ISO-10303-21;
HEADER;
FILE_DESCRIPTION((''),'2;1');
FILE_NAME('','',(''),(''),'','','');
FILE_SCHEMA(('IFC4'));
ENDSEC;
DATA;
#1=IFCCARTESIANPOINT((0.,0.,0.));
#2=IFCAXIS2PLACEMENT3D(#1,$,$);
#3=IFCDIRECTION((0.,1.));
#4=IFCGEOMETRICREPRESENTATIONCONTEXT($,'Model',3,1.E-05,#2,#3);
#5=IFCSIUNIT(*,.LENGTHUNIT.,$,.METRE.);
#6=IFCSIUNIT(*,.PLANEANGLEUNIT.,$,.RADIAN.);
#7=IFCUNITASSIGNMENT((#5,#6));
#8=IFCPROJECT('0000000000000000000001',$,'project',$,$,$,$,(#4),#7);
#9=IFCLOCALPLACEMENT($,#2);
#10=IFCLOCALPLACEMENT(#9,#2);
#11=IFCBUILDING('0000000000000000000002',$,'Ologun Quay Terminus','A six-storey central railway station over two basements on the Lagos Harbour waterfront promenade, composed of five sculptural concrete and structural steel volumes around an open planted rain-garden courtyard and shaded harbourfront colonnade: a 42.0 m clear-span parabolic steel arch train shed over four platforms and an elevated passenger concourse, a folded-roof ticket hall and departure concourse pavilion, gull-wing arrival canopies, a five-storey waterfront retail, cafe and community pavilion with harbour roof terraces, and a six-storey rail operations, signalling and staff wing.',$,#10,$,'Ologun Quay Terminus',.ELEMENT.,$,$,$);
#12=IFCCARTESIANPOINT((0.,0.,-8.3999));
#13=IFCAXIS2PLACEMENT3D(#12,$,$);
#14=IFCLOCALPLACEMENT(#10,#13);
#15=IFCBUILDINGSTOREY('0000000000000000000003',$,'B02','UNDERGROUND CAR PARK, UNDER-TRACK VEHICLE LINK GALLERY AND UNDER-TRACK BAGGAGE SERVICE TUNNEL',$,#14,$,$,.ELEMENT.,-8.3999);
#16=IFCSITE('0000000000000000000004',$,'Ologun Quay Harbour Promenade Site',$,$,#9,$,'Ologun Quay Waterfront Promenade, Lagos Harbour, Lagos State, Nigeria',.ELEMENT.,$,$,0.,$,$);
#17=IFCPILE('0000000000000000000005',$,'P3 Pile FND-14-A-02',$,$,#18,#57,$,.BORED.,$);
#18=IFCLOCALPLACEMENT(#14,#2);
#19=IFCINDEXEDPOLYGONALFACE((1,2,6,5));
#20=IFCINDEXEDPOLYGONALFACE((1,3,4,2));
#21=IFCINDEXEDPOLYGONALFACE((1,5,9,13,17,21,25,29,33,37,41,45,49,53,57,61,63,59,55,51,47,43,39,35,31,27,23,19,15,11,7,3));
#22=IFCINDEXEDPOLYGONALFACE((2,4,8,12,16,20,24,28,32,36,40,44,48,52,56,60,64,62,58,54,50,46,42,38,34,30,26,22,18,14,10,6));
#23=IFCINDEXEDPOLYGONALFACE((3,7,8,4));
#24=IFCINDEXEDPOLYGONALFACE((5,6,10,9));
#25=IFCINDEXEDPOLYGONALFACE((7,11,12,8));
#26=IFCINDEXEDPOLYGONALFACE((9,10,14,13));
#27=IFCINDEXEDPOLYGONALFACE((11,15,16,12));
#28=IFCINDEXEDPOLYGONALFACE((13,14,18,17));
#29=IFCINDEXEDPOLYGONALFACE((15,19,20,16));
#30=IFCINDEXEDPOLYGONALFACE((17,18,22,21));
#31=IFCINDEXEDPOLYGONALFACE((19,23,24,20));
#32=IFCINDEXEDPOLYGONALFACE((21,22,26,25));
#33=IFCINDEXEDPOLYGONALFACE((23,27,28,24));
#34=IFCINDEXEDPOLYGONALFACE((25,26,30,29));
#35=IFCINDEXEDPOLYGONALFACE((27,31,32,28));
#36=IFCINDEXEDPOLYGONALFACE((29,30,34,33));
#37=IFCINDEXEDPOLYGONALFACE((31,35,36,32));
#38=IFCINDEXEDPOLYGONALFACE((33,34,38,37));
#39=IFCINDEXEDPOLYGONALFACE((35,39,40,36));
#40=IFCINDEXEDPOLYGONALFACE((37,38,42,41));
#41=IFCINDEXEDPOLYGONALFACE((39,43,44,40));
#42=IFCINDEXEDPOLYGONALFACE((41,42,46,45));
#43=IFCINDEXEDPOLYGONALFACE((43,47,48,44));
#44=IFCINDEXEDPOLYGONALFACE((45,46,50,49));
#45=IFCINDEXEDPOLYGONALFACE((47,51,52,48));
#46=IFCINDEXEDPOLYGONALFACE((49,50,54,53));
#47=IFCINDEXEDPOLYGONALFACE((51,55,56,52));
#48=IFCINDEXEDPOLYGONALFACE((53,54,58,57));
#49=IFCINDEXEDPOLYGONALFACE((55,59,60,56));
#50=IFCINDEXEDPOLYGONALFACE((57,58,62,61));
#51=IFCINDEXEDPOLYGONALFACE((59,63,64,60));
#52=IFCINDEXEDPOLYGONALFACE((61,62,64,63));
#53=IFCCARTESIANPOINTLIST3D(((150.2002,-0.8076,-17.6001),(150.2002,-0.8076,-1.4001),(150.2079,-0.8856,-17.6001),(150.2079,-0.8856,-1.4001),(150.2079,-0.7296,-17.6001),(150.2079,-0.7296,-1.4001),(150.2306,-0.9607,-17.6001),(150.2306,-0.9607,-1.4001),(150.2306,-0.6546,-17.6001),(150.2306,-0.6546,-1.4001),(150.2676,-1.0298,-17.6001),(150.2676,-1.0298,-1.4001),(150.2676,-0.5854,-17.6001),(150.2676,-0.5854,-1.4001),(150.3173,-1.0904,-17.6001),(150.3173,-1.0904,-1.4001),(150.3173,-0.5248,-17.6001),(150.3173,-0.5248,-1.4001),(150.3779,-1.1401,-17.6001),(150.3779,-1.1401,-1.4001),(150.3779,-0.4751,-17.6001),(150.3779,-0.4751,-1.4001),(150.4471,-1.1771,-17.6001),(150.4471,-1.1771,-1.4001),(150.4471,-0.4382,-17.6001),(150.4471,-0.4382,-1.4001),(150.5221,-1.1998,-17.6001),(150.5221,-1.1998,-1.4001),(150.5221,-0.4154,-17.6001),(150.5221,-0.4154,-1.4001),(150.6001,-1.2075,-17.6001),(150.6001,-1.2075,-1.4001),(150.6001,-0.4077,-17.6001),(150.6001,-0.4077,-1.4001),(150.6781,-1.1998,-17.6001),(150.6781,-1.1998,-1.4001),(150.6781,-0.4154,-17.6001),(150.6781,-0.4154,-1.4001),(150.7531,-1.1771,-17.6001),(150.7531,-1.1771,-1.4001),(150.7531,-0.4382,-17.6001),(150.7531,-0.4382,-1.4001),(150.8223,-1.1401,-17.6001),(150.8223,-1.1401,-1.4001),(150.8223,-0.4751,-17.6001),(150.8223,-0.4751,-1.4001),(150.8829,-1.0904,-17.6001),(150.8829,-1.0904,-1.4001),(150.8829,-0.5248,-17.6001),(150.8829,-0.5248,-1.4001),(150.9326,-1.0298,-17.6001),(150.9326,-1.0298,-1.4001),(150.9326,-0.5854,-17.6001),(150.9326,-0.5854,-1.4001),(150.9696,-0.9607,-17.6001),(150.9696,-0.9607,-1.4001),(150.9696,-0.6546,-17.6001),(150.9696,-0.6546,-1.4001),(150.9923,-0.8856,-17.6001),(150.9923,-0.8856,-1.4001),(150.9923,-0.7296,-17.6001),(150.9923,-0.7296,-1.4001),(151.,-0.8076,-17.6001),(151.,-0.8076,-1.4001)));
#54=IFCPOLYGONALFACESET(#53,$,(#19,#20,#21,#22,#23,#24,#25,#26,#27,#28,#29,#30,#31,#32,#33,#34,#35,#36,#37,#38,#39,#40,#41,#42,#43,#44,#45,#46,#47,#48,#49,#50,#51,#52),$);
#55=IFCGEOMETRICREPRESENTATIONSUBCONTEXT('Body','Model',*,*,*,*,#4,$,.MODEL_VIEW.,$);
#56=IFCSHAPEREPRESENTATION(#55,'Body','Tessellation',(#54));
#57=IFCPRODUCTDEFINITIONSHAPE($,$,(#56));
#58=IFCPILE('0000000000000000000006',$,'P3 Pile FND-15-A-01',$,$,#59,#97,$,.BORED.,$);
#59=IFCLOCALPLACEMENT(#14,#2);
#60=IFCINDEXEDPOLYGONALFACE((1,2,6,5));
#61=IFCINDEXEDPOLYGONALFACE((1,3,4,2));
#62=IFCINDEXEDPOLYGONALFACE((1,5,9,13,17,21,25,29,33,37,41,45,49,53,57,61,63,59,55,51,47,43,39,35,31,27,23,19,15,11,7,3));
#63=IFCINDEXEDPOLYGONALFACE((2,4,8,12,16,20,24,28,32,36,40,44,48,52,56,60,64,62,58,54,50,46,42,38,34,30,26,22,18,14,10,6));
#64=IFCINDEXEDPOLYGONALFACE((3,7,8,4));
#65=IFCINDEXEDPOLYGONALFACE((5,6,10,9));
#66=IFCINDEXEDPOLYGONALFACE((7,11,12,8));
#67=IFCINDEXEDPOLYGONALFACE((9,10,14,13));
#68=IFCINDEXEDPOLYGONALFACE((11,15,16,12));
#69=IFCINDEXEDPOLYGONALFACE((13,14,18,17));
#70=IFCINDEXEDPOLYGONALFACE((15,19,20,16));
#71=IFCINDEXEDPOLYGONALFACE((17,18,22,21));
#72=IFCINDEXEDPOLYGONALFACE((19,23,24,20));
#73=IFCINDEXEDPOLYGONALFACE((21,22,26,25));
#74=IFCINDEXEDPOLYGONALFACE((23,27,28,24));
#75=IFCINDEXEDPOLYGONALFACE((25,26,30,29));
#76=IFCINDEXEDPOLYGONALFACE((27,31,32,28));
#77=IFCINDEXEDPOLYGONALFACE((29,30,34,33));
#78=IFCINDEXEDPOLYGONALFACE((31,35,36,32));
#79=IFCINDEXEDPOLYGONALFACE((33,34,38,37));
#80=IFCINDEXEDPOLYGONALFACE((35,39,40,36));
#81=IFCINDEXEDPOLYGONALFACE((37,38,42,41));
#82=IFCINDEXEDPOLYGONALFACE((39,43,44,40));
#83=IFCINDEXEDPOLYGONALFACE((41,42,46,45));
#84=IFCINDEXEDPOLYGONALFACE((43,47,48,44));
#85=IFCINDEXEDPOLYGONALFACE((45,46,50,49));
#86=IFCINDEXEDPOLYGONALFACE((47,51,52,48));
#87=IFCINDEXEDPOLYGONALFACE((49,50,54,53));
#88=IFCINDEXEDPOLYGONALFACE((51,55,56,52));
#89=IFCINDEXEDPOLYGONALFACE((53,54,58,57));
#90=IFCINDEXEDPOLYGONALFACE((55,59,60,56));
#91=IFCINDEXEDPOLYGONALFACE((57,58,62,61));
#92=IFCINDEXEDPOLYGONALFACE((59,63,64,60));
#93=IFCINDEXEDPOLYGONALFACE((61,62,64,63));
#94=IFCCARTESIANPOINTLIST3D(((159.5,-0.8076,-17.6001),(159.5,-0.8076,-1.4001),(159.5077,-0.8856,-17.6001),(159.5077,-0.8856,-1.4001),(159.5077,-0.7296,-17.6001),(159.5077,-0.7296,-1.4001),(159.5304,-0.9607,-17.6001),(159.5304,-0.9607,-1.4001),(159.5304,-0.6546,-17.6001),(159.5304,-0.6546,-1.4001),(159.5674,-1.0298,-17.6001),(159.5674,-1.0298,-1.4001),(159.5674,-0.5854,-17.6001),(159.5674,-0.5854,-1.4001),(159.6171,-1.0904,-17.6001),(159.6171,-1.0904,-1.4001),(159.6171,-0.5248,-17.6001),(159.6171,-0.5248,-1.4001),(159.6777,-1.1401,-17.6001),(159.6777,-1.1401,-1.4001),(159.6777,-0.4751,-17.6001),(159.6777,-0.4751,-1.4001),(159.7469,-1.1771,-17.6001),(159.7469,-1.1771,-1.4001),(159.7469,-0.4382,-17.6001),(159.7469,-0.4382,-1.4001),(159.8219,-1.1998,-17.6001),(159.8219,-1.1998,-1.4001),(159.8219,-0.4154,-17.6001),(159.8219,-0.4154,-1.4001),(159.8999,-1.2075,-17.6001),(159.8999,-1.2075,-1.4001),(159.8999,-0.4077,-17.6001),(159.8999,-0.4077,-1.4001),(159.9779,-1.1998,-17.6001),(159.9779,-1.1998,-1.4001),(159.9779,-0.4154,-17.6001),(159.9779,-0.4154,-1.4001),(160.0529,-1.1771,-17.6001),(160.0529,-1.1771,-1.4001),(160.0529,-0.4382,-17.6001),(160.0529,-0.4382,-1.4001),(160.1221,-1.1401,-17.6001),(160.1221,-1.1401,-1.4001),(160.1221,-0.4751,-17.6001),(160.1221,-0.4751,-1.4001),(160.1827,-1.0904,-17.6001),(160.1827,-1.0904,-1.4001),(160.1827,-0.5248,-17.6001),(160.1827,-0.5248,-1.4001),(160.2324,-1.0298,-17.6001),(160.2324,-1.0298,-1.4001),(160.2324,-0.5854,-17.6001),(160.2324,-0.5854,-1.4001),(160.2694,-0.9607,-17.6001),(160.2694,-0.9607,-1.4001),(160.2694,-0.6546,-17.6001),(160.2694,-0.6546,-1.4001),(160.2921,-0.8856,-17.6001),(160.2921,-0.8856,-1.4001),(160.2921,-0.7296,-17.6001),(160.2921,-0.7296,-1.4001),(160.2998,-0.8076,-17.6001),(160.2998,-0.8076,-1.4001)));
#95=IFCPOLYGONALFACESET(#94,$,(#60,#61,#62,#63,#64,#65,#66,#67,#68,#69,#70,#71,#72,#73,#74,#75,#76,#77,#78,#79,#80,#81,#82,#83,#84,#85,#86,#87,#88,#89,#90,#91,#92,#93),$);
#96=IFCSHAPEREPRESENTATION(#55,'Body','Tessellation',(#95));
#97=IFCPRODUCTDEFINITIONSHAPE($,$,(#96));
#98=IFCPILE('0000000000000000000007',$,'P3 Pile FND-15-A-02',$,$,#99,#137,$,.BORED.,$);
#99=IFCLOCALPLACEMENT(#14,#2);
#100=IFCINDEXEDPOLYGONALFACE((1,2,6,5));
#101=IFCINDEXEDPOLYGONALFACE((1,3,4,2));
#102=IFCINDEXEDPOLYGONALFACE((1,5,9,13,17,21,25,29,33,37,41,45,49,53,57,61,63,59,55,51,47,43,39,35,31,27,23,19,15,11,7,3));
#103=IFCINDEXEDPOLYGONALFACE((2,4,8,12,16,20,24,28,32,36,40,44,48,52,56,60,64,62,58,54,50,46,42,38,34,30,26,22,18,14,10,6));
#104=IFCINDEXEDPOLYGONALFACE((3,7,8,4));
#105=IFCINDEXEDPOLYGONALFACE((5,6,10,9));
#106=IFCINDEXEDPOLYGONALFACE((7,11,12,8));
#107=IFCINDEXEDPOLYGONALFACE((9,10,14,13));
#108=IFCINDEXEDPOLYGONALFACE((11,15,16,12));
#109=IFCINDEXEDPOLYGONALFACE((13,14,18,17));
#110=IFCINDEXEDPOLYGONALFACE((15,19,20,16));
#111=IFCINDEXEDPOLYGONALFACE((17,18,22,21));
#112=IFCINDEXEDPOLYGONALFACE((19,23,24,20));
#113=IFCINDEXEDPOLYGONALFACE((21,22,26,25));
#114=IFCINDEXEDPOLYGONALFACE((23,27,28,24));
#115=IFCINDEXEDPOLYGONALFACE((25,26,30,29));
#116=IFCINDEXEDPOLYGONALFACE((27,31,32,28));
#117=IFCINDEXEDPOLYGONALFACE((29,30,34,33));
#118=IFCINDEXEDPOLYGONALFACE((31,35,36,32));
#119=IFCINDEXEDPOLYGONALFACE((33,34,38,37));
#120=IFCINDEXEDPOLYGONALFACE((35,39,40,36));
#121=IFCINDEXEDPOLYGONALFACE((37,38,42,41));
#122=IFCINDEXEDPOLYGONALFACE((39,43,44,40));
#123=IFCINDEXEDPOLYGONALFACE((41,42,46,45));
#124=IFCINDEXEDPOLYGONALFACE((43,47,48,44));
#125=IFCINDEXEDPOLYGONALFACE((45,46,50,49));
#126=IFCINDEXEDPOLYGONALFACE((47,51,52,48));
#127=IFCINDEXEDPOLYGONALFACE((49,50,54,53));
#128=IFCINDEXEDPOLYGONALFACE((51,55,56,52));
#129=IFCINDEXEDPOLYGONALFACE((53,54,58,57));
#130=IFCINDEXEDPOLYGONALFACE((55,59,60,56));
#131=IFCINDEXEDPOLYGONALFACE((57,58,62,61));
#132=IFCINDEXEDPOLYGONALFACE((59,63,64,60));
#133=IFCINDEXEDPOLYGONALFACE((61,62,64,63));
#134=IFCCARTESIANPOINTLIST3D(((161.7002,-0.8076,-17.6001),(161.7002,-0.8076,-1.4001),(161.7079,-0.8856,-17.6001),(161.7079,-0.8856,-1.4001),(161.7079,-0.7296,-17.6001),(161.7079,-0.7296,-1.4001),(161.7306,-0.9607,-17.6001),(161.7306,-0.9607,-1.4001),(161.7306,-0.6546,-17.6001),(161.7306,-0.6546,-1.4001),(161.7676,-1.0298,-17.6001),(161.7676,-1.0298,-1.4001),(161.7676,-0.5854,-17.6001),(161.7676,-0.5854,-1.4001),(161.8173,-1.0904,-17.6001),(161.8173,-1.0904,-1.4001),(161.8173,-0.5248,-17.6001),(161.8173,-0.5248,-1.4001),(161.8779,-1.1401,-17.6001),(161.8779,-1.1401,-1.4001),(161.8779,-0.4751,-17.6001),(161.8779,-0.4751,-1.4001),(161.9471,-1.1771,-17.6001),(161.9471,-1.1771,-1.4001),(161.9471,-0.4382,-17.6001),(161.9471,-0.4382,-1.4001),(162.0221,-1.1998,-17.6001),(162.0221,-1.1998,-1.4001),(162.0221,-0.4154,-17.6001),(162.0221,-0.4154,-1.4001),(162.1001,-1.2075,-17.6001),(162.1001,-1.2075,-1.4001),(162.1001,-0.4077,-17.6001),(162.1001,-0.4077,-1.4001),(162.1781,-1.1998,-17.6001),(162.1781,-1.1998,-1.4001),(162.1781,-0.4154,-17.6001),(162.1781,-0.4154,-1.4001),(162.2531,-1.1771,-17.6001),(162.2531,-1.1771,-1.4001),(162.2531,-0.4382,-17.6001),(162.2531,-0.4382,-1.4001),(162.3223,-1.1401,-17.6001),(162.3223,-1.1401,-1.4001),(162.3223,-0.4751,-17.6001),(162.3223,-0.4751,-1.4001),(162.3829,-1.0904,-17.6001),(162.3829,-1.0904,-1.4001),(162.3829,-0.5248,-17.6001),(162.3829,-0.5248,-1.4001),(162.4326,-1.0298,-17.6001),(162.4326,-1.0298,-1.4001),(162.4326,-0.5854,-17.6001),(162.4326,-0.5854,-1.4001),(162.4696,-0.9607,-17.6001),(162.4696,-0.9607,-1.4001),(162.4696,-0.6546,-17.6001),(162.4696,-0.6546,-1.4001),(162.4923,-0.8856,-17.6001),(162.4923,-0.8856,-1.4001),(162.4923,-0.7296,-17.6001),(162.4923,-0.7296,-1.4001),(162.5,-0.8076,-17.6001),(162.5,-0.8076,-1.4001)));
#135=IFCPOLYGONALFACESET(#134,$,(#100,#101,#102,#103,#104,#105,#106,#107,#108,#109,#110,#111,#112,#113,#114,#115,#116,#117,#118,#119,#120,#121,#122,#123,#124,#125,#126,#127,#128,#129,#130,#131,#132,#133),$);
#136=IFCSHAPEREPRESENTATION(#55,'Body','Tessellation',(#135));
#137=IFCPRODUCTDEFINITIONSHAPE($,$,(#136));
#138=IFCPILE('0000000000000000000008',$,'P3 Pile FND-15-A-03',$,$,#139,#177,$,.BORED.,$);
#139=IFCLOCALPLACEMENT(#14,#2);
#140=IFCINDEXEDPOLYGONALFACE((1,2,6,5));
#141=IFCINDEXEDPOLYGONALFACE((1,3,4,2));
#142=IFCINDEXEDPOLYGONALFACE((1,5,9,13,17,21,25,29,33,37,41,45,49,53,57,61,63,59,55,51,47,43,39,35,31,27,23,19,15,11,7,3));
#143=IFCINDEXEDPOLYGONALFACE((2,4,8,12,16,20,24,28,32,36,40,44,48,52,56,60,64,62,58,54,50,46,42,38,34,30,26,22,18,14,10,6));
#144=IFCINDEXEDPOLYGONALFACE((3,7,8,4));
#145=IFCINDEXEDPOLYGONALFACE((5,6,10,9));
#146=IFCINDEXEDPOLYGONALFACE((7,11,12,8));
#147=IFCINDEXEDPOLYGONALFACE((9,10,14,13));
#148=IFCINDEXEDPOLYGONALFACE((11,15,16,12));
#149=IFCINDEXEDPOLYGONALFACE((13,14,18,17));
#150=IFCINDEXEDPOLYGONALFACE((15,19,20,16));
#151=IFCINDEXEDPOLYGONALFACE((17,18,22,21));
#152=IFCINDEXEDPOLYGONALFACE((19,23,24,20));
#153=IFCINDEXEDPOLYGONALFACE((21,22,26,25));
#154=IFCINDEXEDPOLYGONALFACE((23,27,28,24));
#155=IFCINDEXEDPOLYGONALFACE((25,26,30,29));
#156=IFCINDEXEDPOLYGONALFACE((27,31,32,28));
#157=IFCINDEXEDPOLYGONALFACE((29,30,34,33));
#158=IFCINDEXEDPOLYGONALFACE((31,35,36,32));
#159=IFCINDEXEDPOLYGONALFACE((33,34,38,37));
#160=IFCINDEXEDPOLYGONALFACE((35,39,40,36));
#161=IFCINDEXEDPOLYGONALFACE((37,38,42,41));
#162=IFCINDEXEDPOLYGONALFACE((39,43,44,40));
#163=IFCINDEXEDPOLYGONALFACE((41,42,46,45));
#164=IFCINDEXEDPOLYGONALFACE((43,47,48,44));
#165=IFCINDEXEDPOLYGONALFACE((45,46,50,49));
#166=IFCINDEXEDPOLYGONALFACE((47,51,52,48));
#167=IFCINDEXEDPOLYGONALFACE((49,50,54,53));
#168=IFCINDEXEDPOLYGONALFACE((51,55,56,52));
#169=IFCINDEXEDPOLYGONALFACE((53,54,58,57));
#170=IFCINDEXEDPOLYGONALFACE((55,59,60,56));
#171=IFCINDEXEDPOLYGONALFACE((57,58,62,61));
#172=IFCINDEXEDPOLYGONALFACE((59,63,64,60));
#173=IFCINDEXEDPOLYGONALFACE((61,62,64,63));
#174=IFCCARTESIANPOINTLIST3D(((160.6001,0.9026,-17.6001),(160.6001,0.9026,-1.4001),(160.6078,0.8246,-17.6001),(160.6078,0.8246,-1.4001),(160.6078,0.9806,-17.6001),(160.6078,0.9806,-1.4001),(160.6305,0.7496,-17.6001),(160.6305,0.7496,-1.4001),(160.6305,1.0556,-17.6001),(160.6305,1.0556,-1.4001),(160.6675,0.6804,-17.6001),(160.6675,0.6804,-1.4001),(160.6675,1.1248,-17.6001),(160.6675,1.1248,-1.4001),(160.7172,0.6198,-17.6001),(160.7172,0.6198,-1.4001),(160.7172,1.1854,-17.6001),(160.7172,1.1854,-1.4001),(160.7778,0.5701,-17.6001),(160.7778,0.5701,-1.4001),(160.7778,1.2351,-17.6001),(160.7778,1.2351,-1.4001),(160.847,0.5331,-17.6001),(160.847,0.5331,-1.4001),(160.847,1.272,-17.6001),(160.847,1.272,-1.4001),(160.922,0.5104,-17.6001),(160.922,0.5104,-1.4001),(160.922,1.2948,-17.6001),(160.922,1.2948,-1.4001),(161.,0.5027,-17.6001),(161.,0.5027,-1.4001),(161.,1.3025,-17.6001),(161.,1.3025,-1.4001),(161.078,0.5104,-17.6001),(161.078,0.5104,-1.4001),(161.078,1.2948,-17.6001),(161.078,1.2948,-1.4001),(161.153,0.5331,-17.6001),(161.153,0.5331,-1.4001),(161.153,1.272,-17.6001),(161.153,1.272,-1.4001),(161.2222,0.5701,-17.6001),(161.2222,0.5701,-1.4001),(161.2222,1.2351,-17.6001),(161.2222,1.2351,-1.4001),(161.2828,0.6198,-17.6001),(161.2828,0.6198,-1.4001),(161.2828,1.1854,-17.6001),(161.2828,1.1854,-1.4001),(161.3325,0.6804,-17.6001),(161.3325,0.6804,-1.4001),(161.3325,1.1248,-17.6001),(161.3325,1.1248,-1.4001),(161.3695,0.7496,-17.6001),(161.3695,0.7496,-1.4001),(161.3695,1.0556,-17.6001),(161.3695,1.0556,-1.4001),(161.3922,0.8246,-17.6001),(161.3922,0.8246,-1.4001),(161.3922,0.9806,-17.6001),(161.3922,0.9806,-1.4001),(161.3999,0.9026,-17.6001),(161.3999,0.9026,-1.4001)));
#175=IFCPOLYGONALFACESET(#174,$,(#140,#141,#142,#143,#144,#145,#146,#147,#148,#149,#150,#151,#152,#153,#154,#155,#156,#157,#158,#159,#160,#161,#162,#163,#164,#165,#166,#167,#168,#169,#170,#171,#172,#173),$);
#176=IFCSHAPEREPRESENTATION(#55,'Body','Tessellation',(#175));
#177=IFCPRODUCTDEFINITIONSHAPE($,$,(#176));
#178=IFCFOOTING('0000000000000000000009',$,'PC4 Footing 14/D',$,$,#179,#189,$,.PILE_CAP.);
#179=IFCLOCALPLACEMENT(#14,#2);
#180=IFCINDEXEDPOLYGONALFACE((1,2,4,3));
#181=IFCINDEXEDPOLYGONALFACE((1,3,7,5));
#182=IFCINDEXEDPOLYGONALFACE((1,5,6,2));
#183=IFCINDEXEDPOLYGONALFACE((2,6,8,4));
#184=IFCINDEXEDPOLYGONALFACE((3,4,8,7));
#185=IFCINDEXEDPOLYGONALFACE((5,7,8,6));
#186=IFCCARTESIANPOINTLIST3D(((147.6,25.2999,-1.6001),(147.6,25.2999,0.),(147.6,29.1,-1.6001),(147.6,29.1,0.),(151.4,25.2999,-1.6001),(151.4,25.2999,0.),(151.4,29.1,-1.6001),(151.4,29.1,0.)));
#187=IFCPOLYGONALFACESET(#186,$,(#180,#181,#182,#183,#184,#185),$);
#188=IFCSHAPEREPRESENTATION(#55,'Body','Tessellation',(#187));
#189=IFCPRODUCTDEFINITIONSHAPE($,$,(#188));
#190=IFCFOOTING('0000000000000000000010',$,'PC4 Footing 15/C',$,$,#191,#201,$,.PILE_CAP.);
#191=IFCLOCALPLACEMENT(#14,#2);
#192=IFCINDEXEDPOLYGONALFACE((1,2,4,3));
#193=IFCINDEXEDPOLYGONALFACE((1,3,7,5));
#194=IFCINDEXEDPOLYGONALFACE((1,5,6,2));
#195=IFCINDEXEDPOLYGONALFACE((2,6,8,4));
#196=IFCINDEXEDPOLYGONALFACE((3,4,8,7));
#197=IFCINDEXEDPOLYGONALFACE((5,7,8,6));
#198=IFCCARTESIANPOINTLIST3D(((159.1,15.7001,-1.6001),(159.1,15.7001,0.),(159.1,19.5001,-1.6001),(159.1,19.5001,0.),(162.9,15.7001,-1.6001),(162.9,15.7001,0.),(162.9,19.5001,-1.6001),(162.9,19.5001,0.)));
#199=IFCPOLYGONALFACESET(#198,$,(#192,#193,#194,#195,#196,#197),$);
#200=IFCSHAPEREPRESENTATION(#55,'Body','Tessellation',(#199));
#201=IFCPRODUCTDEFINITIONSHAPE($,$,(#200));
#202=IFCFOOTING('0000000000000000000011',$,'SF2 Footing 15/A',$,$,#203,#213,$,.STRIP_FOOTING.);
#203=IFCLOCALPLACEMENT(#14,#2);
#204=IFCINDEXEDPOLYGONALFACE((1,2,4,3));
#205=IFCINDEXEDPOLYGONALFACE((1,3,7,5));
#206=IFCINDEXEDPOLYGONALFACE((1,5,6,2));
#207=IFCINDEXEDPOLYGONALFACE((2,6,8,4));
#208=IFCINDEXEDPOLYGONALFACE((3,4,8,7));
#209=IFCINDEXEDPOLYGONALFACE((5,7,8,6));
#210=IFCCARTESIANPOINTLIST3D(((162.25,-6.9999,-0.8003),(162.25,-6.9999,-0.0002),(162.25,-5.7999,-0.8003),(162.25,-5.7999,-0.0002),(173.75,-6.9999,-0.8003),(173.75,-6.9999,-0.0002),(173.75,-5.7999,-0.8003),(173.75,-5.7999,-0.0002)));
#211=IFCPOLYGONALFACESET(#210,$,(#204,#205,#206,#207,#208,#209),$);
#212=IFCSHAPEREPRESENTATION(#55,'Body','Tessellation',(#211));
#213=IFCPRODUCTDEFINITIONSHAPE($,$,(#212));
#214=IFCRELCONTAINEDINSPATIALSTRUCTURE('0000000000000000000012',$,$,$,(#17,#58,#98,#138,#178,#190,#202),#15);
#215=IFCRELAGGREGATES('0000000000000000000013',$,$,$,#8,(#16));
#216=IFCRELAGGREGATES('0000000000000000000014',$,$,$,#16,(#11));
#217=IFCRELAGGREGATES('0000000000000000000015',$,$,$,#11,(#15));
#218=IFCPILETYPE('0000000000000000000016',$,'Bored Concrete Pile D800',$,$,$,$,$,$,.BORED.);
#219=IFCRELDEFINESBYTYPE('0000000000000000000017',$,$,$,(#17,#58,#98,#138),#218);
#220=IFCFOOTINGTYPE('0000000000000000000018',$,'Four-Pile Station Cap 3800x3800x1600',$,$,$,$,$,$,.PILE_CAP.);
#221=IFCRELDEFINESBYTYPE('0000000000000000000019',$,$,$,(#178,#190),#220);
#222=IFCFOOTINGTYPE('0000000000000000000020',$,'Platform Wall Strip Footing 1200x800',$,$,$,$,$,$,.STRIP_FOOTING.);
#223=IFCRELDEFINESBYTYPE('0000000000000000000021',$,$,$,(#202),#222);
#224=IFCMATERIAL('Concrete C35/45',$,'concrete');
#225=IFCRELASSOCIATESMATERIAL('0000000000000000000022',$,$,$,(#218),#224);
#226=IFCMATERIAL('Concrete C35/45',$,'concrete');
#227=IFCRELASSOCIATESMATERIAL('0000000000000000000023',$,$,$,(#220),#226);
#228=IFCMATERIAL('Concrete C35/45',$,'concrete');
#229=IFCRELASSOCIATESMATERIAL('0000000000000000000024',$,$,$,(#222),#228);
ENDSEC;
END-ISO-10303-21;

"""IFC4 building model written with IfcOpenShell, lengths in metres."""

from ifc_helpers import new_model, si_unit, direction, frame, origin, origin_2d, place, context, subcontext, project, spatial, rectangle, circle, extrude, material, material_profile, profile_set, type_object, element, save


model = new_model("IFC4")

# Units and contexts
model_context = context("Model", 3, precision=1e-05, world=origin(), true_north=direction((0.0, 1.0)))
body_context = subcontext(model_context, "Body", "Model", "MODEL_VIEW")
ifc_project = project(units=[si_unit("LENGTHUNIT", "METRE"), si_unit("PLANEANGLEUNIT", "RADIAN")], contexts=[model_context])

# Site, building, storey
site_placement = place(None, origin())
site = spatial("IfcSite", under=ifc_project, at=site_placement, Name="Ologun Quay Harbour Promenade Site", LongName="Ologun Quay Waterfront Promenade, Lagos Harbour, Lagos State, Nigeria", CompositionType="ELEMENT", RefElevation=0.0)
building_placement = place(site_placement, origin())
building = spatial("IfcBuilding", under=site, at=building_placement, Name="Ologun Quay Terminus", Description="A six-storey central railway station over two basements on the Lagos Harbour waterfront promenade, composed of five sculptural concrete and structural steel volumes around an open planted rain-garden courtyard and shaded harbourfront colonnade: a 42.0 m clear-span parabolic steel arch train shed over four platforms and an elevated passenger concourse, a folded-roof ticket hall and departure concourse pavilion, gull-wing arrival canopies, a five-storey waterfront retail, cafe and community pavilion with harbour roof terraces, and a six-storey rail operations, signalling and staff wing.", LongName="Ologun Quay Terminus", CompositionType="ELEMENT")
storey_placement = place(building_placement, frame((0.0, 0.0, -8.3999)))
storey = spatial("IfcBuildingStorey", under=building, at=storey_placement, Name="B02", Description="UNDERGROUND CAR PARK, UNDER-TRACK VEHICLE LINK GALLERY AND UNDER-TRACK BAGGAGE SERVICE TUNNEL", CompositionType="ELEMENT", Elevation=-8.3999)

# Piles
ifc_material_1 = material(Name="Concrete C35/45", Category="concrete")
ifc_material_profile_1 = material_profile(ifc_material_1, circle(Radius=0.3999, at=origin_2d()), Name="PILE D800")
ifc_profile_set_1 = profile_set([ifc_material_profile_1], Name="Concrete C35/45")
pile_type_1 = type_object("IfcPileType", Name="Bored Concrete Pile D800", PredefinedType="BORED", material=ifc_profile_set_1)
for number, where, z_axis, x_axis, name in (
    (1, (150.6001, -0.8076, -1.4001), (0.0, 0.0, -1.0), (1.0, 0.0, 0.0), "P3 Pile FND-14-A-02"),
    (2, (159.8999, -0.8076, -1.4001), (0.0, 0.0, -1.0), (1.0, 0.0, 0.0), "P3 Pile FND-15-A-01"),
    (3, (162.1001, -0.8076, -1.4001), (0.0, 0.0, -1.0), (1.0, 0.0, 0.0), "P3 Pile FND-15-A-02"),
    (4, (161.0, 0.9026, -1.4001), (0.0, 0.0, -1.0), (1.0, 0.0, 0.0), "P3 Pile FND-15-A-03"),
):
    element("IfcPile", number, at=place(storey_placement, frame(where, z_axis=z_axis, x_axis=x_axis)), inside=storey, type_object=pile_type_1, Name=name, PredefinedType="BORED", context=body_context, shape_type="SweptSolid", body=[
        extrude(circle(Radius=0.3999, at=origin_2d()), origin(), (0.0, 0.0, 1.0), 16.2),
    ])

# Footings
ifc_material_2 = material(Name="Concrete C35/45", Category="concrete")
footing_type_1 = type_object("IfcFootingType", Name="Four-Pile Station Cap 3800x3800x1600", PredefinedType="PILE_CAP", material=ifc_material_2)
for number, where, z_axis, x_axis, name in (
    (5, (149.5, 27.2, -1.6001), (0.0, 0.0, 1.0), (1.0, 0.0, 0.0), "PC4 Footing 14/D"),
    (6, (161.0, 17.6001, -1.6001), (0.0, 0.0, 1.0), (1.0, 0.0, 0.0), "PC4 Footing 15/C"),
):
    element("IfcFooting", number, at=place(storey_placement, frame(where, z_axis=z_axis, x_axis=x_axis)), inside=storey, type_object=footing_type_1, Name=name, PredefinedType="PILE_CAP", context=body_context, shape_type="SweptSolid", body=[
        extrude(rectangle(XDim=3.8, YDim=3.8, at=origin_2d()), origin(), (0.0, 0.0, 1.0), 1.6001),
    ])
ifc_material_3 = material(Name="Concrete C35/45", Category="concrete")
footing_type_2 = type_object("IfcFootingType", Name="Platform Wall Strip Footing 1200x800", PredefinedType="STRIP_FOOTING", material=ifc_material_3)
footing_1_placement = place(storey_placement, frame((168.0, -6.3999, -0.8003), z_axis=(0.0, 0.0, 1.0), x_axis=(1.0, 0.0, 0.0)))
element("IfcFooting", 7, at=footing_1_placement, inside=storey, type_object=footing_type_2, Name="SF2 Footing 15/A", PredefinedType="STRIP_FOOTING", context=body_context, shape_type="SweptSolid", body=[
    extrude(rectangle(XDim=11.5, YDim=1.2, at=origin_2d()), origin(), (0.0, 0.0, 1.0), 0.8),
])

save(model, "model.ifc")
